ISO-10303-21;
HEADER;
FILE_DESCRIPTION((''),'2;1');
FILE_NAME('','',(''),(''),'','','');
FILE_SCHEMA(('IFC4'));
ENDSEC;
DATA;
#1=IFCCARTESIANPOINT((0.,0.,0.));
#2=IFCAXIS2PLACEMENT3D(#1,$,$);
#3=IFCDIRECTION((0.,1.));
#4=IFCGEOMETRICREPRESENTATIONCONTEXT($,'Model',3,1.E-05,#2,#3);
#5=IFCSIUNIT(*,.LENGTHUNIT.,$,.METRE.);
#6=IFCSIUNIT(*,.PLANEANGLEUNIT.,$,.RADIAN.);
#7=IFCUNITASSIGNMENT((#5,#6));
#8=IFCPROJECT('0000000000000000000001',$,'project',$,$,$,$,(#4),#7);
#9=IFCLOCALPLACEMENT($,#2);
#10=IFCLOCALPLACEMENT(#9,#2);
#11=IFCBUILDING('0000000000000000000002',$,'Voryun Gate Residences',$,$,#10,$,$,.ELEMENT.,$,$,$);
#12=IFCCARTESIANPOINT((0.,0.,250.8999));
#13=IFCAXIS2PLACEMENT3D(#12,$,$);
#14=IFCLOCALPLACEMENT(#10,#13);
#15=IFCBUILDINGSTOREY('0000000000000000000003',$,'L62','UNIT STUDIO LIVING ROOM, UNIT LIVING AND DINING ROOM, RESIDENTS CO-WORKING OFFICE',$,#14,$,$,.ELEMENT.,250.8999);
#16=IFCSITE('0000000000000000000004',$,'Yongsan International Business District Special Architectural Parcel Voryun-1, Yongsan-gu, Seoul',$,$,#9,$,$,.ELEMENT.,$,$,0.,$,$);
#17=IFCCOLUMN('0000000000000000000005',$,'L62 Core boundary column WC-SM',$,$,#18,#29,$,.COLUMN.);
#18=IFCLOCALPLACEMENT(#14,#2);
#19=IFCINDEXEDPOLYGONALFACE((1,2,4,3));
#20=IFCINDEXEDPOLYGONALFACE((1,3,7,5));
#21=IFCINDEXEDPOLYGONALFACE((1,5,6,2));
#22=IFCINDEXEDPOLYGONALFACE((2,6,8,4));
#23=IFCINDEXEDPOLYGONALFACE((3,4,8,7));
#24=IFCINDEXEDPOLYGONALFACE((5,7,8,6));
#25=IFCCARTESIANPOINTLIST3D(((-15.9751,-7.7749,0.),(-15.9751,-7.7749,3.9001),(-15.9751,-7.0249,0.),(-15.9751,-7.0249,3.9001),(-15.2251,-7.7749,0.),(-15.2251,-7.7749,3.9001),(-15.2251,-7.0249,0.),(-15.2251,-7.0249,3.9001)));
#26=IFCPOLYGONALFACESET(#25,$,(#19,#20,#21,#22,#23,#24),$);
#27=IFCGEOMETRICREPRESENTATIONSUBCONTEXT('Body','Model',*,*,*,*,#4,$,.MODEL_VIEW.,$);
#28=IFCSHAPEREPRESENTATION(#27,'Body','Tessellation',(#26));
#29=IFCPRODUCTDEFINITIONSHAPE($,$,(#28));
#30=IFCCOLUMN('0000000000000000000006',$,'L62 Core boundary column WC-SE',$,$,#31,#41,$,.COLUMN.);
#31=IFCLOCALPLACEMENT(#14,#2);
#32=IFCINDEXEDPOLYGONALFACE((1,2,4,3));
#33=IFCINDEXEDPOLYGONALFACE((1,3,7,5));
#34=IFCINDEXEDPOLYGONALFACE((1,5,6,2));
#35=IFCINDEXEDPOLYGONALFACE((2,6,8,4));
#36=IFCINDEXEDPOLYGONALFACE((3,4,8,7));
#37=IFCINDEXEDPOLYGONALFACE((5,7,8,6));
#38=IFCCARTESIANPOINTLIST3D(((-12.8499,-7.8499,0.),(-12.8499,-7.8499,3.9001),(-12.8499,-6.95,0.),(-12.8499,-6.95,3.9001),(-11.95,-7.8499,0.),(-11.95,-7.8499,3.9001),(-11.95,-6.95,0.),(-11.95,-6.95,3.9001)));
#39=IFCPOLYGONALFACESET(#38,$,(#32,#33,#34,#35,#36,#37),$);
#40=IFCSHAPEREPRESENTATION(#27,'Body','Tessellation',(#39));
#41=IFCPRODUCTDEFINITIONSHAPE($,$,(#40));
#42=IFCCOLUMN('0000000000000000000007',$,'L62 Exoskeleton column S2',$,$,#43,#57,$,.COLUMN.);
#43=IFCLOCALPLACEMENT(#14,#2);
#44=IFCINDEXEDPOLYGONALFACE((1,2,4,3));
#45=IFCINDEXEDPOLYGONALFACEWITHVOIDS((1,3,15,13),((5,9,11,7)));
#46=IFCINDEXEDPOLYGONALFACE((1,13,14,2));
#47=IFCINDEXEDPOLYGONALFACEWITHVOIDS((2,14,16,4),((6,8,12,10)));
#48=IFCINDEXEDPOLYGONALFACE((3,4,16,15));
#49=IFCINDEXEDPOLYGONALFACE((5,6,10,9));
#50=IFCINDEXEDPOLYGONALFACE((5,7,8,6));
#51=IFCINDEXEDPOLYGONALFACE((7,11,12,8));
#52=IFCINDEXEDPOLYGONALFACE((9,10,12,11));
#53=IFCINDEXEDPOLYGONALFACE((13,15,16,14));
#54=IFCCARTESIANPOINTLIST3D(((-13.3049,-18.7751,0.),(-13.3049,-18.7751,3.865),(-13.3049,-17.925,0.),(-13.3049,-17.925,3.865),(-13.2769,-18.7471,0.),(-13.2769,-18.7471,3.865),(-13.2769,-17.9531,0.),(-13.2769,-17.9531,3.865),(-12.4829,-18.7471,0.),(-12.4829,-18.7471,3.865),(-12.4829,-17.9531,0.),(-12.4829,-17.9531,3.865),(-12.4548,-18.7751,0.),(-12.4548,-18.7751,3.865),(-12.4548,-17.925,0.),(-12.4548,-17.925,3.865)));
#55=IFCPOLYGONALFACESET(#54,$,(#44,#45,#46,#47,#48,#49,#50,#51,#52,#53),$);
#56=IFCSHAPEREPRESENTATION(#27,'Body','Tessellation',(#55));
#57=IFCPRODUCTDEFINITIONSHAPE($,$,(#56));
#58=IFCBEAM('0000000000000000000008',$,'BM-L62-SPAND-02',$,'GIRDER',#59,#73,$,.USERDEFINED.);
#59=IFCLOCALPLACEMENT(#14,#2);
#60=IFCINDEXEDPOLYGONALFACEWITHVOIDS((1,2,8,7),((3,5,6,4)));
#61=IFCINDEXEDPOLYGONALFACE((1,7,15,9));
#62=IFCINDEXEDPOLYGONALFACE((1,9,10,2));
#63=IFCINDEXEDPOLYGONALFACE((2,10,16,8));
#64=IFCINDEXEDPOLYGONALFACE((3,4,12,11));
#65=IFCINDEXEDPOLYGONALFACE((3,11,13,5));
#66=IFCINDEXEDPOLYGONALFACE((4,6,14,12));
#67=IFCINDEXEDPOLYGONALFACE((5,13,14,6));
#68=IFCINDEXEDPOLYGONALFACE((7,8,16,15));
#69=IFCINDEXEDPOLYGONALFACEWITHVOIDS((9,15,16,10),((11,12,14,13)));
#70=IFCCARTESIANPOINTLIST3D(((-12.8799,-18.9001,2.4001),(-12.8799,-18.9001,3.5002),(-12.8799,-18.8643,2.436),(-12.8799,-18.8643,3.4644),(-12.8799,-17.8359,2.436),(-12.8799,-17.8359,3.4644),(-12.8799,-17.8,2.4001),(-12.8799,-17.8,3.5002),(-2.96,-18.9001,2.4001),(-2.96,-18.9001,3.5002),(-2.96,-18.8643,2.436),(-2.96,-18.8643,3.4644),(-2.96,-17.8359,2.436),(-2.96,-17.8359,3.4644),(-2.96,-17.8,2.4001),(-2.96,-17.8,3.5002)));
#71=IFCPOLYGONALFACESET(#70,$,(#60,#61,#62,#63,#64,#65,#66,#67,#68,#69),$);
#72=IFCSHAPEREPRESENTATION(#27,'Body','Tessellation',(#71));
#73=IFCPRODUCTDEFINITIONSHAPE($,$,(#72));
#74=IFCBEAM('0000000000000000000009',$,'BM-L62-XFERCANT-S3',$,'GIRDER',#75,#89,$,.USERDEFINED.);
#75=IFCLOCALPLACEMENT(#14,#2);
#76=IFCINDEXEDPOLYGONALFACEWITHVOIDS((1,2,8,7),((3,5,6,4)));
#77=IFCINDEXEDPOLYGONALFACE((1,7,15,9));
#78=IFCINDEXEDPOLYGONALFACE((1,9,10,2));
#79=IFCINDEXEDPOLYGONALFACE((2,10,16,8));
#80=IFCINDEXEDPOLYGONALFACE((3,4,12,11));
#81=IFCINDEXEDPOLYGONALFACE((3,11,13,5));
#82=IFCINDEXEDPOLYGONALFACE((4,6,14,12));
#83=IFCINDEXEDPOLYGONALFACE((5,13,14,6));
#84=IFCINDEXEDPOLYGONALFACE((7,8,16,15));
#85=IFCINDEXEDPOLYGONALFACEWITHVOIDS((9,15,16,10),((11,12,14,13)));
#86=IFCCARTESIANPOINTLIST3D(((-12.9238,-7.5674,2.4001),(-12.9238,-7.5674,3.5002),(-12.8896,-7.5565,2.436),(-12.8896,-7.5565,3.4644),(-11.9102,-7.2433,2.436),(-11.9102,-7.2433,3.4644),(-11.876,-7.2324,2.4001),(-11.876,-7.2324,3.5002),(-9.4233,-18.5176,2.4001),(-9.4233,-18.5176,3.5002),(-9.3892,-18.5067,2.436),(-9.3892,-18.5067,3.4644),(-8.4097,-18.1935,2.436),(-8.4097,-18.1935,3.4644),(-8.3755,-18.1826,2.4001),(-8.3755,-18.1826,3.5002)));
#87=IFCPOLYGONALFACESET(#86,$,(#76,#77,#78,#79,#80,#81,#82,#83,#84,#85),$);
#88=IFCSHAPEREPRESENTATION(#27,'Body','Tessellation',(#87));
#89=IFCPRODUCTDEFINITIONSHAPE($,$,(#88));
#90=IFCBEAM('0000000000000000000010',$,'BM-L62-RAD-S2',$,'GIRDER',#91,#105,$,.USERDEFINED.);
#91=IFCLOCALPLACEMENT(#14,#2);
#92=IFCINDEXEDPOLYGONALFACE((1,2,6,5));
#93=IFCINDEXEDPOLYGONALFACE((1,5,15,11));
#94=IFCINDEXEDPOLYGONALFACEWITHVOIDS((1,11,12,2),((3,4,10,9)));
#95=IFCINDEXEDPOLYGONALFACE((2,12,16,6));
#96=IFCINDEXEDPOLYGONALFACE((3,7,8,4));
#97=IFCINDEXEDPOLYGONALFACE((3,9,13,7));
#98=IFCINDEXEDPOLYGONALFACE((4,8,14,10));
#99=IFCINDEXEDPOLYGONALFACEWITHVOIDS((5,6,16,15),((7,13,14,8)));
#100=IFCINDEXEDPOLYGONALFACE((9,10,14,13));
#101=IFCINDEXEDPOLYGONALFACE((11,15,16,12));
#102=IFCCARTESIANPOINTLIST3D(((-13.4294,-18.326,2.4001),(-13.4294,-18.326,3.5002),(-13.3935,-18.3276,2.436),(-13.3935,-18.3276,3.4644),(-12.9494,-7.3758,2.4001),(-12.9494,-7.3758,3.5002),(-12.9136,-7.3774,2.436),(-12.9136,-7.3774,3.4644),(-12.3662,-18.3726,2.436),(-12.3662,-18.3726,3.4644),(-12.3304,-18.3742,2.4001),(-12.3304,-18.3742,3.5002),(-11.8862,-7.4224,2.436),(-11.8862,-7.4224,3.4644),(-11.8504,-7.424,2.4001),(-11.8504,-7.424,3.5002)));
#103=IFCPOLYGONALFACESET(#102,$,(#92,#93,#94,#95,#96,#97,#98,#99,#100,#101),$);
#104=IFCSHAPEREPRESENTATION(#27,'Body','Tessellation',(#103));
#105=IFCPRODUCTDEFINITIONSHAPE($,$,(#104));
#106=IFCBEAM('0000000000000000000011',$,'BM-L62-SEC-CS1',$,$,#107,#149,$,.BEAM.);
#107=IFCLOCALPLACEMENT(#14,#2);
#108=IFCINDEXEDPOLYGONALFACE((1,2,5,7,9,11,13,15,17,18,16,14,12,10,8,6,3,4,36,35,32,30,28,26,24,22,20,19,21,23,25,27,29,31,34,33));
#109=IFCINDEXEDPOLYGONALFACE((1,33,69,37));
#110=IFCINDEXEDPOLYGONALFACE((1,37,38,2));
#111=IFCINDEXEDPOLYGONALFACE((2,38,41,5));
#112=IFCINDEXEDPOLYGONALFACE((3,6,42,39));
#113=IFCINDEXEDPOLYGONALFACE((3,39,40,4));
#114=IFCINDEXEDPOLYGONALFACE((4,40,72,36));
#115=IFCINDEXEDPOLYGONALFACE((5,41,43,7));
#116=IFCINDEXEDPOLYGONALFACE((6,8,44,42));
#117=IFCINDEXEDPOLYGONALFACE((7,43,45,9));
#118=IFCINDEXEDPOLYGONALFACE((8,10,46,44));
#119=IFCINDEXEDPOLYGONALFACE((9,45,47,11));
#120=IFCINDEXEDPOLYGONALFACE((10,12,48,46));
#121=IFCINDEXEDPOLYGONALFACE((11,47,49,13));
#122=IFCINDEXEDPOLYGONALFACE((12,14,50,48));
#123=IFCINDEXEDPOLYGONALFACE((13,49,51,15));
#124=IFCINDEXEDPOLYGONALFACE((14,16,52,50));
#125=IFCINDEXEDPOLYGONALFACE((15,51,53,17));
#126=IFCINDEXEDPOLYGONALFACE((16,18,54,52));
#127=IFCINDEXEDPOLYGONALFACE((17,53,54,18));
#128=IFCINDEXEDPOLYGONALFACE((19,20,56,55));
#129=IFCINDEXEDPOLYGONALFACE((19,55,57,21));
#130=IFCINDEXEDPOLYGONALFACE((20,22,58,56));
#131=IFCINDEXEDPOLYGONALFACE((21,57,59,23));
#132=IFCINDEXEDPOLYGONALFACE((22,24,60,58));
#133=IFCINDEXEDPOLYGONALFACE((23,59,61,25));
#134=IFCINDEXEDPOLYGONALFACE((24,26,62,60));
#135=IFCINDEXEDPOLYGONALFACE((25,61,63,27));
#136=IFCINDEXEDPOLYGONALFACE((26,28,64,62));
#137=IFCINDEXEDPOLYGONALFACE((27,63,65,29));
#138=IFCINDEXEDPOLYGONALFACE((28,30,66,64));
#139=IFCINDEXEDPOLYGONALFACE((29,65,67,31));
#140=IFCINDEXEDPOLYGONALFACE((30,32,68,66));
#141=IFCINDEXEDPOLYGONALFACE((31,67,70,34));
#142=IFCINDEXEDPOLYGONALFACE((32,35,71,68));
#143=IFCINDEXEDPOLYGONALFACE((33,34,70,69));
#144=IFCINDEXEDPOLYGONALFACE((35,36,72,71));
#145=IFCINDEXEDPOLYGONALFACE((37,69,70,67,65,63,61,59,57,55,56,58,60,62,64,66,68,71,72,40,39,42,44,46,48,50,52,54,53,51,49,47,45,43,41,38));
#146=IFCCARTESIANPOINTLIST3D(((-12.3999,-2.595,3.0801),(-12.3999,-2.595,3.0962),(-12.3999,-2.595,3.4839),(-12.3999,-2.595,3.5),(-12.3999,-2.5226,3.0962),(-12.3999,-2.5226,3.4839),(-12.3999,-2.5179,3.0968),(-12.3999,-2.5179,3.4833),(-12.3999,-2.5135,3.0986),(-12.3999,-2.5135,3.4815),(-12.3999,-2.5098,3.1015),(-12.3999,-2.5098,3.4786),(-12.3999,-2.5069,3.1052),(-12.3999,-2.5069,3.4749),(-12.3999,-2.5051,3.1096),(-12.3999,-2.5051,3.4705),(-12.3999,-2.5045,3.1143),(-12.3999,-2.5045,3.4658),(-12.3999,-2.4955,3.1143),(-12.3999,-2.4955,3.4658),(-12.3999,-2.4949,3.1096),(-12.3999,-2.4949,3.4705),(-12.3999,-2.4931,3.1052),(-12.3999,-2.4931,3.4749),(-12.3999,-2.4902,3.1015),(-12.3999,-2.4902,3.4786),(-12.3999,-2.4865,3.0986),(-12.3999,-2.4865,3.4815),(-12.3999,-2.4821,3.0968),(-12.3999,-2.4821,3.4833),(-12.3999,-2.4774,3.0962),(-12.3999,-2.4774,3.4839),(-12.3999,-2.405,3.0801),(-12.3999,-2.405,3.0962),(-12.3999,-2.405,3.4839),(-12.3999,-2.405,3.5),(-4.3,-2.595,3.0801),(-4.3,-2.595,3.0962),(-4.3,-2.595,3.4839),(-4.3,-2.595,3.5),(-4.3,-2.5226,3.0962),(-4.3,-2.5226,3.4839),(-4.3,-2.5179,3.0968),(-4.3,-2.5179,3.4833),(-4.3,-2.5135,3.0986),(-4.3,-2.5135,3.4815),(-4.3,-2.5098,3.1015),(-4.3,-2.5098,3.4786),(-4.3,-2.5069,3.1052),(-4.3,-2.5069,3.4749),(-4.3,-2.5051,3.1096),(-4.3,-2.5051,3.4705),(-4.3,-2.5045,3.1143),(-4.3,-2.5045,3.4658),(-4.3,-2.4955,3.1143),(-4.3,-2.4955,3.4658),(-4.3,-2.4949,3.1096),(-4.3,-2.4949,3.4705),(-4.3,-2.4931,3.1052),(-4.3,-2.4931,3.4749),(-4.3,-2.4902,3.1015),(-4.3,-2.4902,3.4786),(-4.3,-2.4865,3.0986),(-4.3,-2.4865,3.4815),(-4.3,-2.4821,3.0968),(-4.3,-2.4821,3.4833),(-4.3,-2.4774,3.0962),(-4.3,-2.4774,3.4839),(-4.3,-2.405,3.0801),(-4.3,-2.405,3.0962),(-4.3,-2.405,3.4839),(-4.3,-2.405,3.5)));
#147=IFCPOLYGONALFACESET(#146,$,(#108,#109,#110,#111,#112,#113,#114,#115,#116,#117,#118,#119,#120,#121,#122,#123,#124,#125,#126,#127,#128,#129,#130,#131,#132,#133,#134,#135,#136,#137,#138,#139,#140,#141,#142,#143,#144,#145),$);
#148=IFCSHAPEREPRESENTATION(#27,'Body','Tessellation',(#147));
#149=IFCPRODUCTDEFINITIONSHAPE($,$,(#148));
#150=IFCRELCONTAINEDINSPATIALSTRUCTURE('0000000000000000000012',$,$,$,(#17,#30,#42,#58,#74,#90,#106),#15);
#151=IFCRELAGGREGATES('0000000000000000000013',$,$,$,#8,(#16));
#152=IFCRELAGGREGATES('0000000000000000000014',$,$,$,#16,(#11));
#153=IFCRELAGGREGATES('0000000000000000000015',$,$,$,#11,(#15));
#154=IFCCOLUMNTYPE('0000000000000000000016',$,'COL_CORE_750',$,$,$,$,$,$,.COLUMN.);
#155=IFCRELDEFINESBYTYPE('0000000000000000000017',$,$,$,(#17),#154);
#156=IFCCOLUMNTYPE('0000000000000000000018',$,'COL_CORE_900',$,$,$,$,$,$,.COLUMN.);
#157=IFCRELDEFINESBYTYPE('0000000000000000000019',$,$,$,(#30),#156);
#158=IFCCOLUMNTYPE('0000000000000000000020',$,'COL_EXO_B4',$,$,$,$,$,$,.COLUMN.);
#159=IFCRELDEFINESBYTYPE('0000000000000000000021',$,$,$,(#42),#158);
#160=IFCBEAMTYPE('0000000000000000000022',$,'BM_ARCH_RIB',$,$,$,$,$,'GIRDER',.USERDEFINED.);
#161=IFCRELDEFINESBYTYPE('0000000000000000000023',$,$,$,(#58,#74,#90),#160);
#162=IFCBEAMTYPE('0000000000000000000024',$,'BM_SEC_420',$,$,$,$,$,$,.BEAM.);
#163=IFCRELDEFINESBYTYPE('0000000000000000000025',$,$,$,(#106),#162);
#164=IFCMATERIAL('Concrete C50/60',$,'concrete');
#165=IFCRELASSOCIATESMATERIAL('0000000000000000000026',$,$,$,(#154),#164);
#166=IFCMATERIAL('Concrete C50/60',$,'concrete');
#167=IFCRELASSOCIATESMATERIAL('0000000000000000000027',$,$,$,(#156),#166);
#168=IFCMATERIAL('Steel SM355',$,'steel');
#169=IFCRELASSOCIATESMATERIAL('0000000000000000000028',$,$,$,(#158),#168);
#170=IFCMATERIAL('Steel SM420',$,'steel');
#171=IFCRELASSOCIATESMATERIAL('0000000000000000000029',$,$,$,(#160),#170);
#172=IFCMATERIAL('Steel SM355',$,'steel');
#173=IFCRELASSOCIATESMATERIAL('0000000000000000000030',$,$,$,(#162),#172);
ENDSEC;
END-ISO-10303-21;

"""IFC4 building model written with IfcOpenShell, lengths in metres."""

from ifc_helpers import new_model, si_unit, direction, frame, origin, origin_2d, place, context, subcontext, project, spatial, rectangle, hollow_rectangle, i_section, extrude, material, material_profile, profile_set, type_object, element, save


model = new_model("IFC4")

# Units and contexts
model_context = context("Model", 3, precision=1e-05, world=origin(), true_north=direction((0.0, 1.0)))
body_context = subcontext(model_context, "Body", "Model", "MODEL_VIEW")
ifc_project = project(units=[si_unit("LENGTHUNIT", "METRE"), si_unit("PLANEANGLEUNIT", "RADIAN")], contexts=[model_context])

# Site, building, storey
site_placement = place(None, origin())
site = spatial("IfcSite", under=ifc_project, at=site_placement, Name="Yongsan International Business District Special Architectural Parcel Voryun-1, Yongsan-gu, Seoul", CompositionType="ELEMENT", RefElevation=0.0)
building_placement = place(site_placement, origin())
building = spatial("IfcBuilding", under=site, at=building_placement, Name="Voryun Gate Residences", CompositionType="ELEMENT")
storey_placement = place(building_placement, frame((0.0, 0.0, 250.8999)))
storey = spatial("IfcBuildingStorey", under=building, at=storey_placement, Name="L62", Description="UNIT STUDIO LIVING ROOM, UNIT LIVING AND DINING ROOM, RESIDENTS CO-WORKING OFFICE", CompositionType="ELEMENT", Elevation=250.8999)

# Columns
ifc_material_1 = material(Name="Concrete C50/60", Category="concrete")
ifc_material_profile_1 = material_profile(ifc_material_1, rectangle(XDim=0.75, YDim=0.75, at=origin_2d()), Name="RC-750x750")
ifc_profile_set_1 = profile_set([ifc_material_profile_1], Name="Concrete C50/60")
column_type_1 = type_object("IfcColumnType", Name="COL_CORE_750", PredefinedType="COLUMN", material=ifc_profile_set_1)
column_1_placement = place(storey_placement, frame((-15.6001, -7.3999, 0.0), z_axis=(0.0, 0.0, 1.0), x_axis=(1.0, 0.0, 0.0)))
element("IfcColumn", 1, at=column_1_placement, inside=storey, type_object=column_type_1, Name="L62 Core boundary column WC-SM", PredefinedType="COLUMN", context=body_context, shape_type="SweptSolid", body=[
    extrude(rectangle(XDim=0.75, YDim=0.75, at=origin_2d()), origin(), (0.0, 0.0, 1.0), 3.9001),
])
ifc_material_2 = material(Name="Concrete C50/60", Category="concrete")
ifc_material_profile_2 = material_profile(ifc_material_2, rectangle(XDim=0.8999, YDim=0.8999, at=origin_2d()), Name="RC-900x900")
ifc_profile_set_2 = profile_set([ifc_material_profile_2], Name="Concrete C50/60")
column_type_2 = type_object("IfcColumnType", Name="COL_CORE_900", PredefinedType="COLUMN", material=ifc_profile_set_2)
column_2_placement = place(storey_placement, frame((-12.3999, -7.3999, 0.0), z_axis=(0.0, 0.0, 1.0), x_axis=(1.0, 0.0, 0.0)))
element("IfcColumn", 2, at=column_2_placement, inside=storey, type_object=column_type_2, Name="L62 Core boundary column WC-SE", PredefinedType="COLUMN", context=body_context, shape_type="SweptSolid", body=[
    extrude(rectangle(XDim=0.8999, YDim=0.8999, at=origin_2d()), origin(), (0.0, 0.0, 1.0), 3.9001),
])
ifc_material_3 = material(Name="Steel SM355", Category="steel")
ifc_material_profile_3 = material_profile(ifc_material_3, hollow_rectangle(XDim=0.8501, YDim=0.8501, WallThickness=0.0281, at=origin_2d()), Name="BOX-850x850x28")
ifc_profile_set_3 = profile_set([ifc_material_profile_3], Name="Steel SM355")
column_type_3 = type_object("IfcColumnType", Name="COL_EXO_B4", PredefinedType="COLUMN", material=ifc_profile_set_3)
column_3_placement = place(storey_placement, frame((-12.8799, -18.3501, 0.0), z_axis=(0.0, 0.0, 1.0), x_axis=(1.0, 0.0, 0.0)))
element("IfcColumn", 3, at=column_3_placement, inside=storey, type_object=column_type_3, Name="L62 Exoskeleton column S2", PredefinedType="COLUMN", context=body_context, shape_type="SweptSolid", body=[
    extrude(hollow_rectangle(XDim=0.8501, YDim=0.8501, WallThickness=0.0281, at=origin_2d()), origin(), (0.0, 0.0, 1.0), 3.865),
])

# Beams
ifc_material_4 = material(Name="Steel SM420", Category="steel")
ifc_material_profile_4 = material_profile(ifc_material_4, hollow_rectangle(XDim=1.1001, YDim=1.1001, WallThickness=0.0359, at=origin_2d()), Name="BOX-1100x1100x36")
ifc_profile_set_4 = profile_set([ifc_material_profile_4], Name="Steel SM420")
beam_type_1 = type_object("IfcBeamType", Name="BM_ARCH_RIB", ElementType="GIRDER", PredefinedType="USERDEFINED", material=ifc_profile_set_4)
beam_1_placement = place(storey_placement, frame((-12.8799, -18.3501, 2.9502), z_axis=(1.0, 0.0, 0.0), x_axis=(0.0, 1.0, 0.0)))
element("IfcBeam", 4, at=beam_1_placement, inside=storey, type_object=beam_type_1, Name="BM-L62-SPAND-02", ObjectType="GIRDER", PredefinedType="USERDEFINED", context=body_context, shape_type="SweptSolid", body=[
    extrude(hollow_rectangle(XDim=1.1001, YDim=1.1001, WallThickness=0.0359, at=origin_2d()), origin(), (0.0, 0.0, 1.0), 9.9199),
])
beam_2_placement = place(storey_placement, frame((-12.3999, -7.3999, 2.9502), z_axis=(0.304494, -0.952514, 0.0), x_axis=(0.952514, 0.304494, 0.0)))
element("IfcBeam", 5, at=beam_2_placement, inside=storey, type_object=beam_type_1, Name="BM-L62-XFERCANT-S3", ObjectType="GIRDER", PredefinedType="USERDEFINED", context=body_context, shape_type="SweptSolid", body=[
    extrude(hollow_rectangle(XDim=1.1001, YDim=1.1001, WallThickness=0.0359, at=origin_2d()), origin(), (0.0, 0.0, 1.0), 11.4961),
])
beam_3_placement = place(storey_placement, frame((-12.3999, -7.3999, 2.9502), z_axis=(-0.043791, -0.999041, 0.0), x_axis=(0.999041, -0.043791, 0.0)))
element("IfcBeam", 6, at=beam_3_placement, inside=storey, type_object=beam_type_1, Name="BM-L62-RAD-S2", ObjectType="GIRDER", PredefinedType="USERDEFINED", context=body_context, shape_type="SweptSolid", body=[
    extrude(hollow_rectangle(XDim=1.1001, YDim=1.1001, WallThickness=0.0359, at=origin_2d()), origin(), (0.0, 0.0, 1.0), 10.9607),
])
ifc_material_5 = material(Name="Steel SM355", Category="steel")
ifc_material_profile_5 = material_profile(ifc_material_5, i_section(OverallWidth=0.1899, OverallDepth=0.4199, WebThickness=0.009, FlangeThickness=0.0161, FilletRadius=0.0181, at=origin_2d()), Name="H-420x190x9x16")
ifc_profile_set_5 = profile_set([ifc_material_profile_5], Name="Steel SM355")
beam_type_2 = type_object("IfcBeamType", Name="BM_SEC_420", PredefinedType="BEAM", material=ifc_profile_set_5)
beam_4_placement = place(storey_placement, frame((-12.3999, -2.5, 3.29), z_axis=(1.0, 0.0, 0.0), x_axis=(0.0, 1.0, 0.0)))
element("IfcBeam", 7, at=beam_4_placement, inside=storey, type_object=beam_type_2, Name="BM-L62-SEC-CS1", PredefinedType="BEAM", context=body_context, shape_type="SweptSolid", body=[
    extrude(i_section(OverallWidth=0.1899, OverallDepth=0.4199, WebThickness=0.009, FlangeThickness=0.0161, FilletRadius=0.0181, at=origin_2d()), origin(), (0.0, 0.0, 1.0), 8.0999),
])

save(model, "model.ifc")
